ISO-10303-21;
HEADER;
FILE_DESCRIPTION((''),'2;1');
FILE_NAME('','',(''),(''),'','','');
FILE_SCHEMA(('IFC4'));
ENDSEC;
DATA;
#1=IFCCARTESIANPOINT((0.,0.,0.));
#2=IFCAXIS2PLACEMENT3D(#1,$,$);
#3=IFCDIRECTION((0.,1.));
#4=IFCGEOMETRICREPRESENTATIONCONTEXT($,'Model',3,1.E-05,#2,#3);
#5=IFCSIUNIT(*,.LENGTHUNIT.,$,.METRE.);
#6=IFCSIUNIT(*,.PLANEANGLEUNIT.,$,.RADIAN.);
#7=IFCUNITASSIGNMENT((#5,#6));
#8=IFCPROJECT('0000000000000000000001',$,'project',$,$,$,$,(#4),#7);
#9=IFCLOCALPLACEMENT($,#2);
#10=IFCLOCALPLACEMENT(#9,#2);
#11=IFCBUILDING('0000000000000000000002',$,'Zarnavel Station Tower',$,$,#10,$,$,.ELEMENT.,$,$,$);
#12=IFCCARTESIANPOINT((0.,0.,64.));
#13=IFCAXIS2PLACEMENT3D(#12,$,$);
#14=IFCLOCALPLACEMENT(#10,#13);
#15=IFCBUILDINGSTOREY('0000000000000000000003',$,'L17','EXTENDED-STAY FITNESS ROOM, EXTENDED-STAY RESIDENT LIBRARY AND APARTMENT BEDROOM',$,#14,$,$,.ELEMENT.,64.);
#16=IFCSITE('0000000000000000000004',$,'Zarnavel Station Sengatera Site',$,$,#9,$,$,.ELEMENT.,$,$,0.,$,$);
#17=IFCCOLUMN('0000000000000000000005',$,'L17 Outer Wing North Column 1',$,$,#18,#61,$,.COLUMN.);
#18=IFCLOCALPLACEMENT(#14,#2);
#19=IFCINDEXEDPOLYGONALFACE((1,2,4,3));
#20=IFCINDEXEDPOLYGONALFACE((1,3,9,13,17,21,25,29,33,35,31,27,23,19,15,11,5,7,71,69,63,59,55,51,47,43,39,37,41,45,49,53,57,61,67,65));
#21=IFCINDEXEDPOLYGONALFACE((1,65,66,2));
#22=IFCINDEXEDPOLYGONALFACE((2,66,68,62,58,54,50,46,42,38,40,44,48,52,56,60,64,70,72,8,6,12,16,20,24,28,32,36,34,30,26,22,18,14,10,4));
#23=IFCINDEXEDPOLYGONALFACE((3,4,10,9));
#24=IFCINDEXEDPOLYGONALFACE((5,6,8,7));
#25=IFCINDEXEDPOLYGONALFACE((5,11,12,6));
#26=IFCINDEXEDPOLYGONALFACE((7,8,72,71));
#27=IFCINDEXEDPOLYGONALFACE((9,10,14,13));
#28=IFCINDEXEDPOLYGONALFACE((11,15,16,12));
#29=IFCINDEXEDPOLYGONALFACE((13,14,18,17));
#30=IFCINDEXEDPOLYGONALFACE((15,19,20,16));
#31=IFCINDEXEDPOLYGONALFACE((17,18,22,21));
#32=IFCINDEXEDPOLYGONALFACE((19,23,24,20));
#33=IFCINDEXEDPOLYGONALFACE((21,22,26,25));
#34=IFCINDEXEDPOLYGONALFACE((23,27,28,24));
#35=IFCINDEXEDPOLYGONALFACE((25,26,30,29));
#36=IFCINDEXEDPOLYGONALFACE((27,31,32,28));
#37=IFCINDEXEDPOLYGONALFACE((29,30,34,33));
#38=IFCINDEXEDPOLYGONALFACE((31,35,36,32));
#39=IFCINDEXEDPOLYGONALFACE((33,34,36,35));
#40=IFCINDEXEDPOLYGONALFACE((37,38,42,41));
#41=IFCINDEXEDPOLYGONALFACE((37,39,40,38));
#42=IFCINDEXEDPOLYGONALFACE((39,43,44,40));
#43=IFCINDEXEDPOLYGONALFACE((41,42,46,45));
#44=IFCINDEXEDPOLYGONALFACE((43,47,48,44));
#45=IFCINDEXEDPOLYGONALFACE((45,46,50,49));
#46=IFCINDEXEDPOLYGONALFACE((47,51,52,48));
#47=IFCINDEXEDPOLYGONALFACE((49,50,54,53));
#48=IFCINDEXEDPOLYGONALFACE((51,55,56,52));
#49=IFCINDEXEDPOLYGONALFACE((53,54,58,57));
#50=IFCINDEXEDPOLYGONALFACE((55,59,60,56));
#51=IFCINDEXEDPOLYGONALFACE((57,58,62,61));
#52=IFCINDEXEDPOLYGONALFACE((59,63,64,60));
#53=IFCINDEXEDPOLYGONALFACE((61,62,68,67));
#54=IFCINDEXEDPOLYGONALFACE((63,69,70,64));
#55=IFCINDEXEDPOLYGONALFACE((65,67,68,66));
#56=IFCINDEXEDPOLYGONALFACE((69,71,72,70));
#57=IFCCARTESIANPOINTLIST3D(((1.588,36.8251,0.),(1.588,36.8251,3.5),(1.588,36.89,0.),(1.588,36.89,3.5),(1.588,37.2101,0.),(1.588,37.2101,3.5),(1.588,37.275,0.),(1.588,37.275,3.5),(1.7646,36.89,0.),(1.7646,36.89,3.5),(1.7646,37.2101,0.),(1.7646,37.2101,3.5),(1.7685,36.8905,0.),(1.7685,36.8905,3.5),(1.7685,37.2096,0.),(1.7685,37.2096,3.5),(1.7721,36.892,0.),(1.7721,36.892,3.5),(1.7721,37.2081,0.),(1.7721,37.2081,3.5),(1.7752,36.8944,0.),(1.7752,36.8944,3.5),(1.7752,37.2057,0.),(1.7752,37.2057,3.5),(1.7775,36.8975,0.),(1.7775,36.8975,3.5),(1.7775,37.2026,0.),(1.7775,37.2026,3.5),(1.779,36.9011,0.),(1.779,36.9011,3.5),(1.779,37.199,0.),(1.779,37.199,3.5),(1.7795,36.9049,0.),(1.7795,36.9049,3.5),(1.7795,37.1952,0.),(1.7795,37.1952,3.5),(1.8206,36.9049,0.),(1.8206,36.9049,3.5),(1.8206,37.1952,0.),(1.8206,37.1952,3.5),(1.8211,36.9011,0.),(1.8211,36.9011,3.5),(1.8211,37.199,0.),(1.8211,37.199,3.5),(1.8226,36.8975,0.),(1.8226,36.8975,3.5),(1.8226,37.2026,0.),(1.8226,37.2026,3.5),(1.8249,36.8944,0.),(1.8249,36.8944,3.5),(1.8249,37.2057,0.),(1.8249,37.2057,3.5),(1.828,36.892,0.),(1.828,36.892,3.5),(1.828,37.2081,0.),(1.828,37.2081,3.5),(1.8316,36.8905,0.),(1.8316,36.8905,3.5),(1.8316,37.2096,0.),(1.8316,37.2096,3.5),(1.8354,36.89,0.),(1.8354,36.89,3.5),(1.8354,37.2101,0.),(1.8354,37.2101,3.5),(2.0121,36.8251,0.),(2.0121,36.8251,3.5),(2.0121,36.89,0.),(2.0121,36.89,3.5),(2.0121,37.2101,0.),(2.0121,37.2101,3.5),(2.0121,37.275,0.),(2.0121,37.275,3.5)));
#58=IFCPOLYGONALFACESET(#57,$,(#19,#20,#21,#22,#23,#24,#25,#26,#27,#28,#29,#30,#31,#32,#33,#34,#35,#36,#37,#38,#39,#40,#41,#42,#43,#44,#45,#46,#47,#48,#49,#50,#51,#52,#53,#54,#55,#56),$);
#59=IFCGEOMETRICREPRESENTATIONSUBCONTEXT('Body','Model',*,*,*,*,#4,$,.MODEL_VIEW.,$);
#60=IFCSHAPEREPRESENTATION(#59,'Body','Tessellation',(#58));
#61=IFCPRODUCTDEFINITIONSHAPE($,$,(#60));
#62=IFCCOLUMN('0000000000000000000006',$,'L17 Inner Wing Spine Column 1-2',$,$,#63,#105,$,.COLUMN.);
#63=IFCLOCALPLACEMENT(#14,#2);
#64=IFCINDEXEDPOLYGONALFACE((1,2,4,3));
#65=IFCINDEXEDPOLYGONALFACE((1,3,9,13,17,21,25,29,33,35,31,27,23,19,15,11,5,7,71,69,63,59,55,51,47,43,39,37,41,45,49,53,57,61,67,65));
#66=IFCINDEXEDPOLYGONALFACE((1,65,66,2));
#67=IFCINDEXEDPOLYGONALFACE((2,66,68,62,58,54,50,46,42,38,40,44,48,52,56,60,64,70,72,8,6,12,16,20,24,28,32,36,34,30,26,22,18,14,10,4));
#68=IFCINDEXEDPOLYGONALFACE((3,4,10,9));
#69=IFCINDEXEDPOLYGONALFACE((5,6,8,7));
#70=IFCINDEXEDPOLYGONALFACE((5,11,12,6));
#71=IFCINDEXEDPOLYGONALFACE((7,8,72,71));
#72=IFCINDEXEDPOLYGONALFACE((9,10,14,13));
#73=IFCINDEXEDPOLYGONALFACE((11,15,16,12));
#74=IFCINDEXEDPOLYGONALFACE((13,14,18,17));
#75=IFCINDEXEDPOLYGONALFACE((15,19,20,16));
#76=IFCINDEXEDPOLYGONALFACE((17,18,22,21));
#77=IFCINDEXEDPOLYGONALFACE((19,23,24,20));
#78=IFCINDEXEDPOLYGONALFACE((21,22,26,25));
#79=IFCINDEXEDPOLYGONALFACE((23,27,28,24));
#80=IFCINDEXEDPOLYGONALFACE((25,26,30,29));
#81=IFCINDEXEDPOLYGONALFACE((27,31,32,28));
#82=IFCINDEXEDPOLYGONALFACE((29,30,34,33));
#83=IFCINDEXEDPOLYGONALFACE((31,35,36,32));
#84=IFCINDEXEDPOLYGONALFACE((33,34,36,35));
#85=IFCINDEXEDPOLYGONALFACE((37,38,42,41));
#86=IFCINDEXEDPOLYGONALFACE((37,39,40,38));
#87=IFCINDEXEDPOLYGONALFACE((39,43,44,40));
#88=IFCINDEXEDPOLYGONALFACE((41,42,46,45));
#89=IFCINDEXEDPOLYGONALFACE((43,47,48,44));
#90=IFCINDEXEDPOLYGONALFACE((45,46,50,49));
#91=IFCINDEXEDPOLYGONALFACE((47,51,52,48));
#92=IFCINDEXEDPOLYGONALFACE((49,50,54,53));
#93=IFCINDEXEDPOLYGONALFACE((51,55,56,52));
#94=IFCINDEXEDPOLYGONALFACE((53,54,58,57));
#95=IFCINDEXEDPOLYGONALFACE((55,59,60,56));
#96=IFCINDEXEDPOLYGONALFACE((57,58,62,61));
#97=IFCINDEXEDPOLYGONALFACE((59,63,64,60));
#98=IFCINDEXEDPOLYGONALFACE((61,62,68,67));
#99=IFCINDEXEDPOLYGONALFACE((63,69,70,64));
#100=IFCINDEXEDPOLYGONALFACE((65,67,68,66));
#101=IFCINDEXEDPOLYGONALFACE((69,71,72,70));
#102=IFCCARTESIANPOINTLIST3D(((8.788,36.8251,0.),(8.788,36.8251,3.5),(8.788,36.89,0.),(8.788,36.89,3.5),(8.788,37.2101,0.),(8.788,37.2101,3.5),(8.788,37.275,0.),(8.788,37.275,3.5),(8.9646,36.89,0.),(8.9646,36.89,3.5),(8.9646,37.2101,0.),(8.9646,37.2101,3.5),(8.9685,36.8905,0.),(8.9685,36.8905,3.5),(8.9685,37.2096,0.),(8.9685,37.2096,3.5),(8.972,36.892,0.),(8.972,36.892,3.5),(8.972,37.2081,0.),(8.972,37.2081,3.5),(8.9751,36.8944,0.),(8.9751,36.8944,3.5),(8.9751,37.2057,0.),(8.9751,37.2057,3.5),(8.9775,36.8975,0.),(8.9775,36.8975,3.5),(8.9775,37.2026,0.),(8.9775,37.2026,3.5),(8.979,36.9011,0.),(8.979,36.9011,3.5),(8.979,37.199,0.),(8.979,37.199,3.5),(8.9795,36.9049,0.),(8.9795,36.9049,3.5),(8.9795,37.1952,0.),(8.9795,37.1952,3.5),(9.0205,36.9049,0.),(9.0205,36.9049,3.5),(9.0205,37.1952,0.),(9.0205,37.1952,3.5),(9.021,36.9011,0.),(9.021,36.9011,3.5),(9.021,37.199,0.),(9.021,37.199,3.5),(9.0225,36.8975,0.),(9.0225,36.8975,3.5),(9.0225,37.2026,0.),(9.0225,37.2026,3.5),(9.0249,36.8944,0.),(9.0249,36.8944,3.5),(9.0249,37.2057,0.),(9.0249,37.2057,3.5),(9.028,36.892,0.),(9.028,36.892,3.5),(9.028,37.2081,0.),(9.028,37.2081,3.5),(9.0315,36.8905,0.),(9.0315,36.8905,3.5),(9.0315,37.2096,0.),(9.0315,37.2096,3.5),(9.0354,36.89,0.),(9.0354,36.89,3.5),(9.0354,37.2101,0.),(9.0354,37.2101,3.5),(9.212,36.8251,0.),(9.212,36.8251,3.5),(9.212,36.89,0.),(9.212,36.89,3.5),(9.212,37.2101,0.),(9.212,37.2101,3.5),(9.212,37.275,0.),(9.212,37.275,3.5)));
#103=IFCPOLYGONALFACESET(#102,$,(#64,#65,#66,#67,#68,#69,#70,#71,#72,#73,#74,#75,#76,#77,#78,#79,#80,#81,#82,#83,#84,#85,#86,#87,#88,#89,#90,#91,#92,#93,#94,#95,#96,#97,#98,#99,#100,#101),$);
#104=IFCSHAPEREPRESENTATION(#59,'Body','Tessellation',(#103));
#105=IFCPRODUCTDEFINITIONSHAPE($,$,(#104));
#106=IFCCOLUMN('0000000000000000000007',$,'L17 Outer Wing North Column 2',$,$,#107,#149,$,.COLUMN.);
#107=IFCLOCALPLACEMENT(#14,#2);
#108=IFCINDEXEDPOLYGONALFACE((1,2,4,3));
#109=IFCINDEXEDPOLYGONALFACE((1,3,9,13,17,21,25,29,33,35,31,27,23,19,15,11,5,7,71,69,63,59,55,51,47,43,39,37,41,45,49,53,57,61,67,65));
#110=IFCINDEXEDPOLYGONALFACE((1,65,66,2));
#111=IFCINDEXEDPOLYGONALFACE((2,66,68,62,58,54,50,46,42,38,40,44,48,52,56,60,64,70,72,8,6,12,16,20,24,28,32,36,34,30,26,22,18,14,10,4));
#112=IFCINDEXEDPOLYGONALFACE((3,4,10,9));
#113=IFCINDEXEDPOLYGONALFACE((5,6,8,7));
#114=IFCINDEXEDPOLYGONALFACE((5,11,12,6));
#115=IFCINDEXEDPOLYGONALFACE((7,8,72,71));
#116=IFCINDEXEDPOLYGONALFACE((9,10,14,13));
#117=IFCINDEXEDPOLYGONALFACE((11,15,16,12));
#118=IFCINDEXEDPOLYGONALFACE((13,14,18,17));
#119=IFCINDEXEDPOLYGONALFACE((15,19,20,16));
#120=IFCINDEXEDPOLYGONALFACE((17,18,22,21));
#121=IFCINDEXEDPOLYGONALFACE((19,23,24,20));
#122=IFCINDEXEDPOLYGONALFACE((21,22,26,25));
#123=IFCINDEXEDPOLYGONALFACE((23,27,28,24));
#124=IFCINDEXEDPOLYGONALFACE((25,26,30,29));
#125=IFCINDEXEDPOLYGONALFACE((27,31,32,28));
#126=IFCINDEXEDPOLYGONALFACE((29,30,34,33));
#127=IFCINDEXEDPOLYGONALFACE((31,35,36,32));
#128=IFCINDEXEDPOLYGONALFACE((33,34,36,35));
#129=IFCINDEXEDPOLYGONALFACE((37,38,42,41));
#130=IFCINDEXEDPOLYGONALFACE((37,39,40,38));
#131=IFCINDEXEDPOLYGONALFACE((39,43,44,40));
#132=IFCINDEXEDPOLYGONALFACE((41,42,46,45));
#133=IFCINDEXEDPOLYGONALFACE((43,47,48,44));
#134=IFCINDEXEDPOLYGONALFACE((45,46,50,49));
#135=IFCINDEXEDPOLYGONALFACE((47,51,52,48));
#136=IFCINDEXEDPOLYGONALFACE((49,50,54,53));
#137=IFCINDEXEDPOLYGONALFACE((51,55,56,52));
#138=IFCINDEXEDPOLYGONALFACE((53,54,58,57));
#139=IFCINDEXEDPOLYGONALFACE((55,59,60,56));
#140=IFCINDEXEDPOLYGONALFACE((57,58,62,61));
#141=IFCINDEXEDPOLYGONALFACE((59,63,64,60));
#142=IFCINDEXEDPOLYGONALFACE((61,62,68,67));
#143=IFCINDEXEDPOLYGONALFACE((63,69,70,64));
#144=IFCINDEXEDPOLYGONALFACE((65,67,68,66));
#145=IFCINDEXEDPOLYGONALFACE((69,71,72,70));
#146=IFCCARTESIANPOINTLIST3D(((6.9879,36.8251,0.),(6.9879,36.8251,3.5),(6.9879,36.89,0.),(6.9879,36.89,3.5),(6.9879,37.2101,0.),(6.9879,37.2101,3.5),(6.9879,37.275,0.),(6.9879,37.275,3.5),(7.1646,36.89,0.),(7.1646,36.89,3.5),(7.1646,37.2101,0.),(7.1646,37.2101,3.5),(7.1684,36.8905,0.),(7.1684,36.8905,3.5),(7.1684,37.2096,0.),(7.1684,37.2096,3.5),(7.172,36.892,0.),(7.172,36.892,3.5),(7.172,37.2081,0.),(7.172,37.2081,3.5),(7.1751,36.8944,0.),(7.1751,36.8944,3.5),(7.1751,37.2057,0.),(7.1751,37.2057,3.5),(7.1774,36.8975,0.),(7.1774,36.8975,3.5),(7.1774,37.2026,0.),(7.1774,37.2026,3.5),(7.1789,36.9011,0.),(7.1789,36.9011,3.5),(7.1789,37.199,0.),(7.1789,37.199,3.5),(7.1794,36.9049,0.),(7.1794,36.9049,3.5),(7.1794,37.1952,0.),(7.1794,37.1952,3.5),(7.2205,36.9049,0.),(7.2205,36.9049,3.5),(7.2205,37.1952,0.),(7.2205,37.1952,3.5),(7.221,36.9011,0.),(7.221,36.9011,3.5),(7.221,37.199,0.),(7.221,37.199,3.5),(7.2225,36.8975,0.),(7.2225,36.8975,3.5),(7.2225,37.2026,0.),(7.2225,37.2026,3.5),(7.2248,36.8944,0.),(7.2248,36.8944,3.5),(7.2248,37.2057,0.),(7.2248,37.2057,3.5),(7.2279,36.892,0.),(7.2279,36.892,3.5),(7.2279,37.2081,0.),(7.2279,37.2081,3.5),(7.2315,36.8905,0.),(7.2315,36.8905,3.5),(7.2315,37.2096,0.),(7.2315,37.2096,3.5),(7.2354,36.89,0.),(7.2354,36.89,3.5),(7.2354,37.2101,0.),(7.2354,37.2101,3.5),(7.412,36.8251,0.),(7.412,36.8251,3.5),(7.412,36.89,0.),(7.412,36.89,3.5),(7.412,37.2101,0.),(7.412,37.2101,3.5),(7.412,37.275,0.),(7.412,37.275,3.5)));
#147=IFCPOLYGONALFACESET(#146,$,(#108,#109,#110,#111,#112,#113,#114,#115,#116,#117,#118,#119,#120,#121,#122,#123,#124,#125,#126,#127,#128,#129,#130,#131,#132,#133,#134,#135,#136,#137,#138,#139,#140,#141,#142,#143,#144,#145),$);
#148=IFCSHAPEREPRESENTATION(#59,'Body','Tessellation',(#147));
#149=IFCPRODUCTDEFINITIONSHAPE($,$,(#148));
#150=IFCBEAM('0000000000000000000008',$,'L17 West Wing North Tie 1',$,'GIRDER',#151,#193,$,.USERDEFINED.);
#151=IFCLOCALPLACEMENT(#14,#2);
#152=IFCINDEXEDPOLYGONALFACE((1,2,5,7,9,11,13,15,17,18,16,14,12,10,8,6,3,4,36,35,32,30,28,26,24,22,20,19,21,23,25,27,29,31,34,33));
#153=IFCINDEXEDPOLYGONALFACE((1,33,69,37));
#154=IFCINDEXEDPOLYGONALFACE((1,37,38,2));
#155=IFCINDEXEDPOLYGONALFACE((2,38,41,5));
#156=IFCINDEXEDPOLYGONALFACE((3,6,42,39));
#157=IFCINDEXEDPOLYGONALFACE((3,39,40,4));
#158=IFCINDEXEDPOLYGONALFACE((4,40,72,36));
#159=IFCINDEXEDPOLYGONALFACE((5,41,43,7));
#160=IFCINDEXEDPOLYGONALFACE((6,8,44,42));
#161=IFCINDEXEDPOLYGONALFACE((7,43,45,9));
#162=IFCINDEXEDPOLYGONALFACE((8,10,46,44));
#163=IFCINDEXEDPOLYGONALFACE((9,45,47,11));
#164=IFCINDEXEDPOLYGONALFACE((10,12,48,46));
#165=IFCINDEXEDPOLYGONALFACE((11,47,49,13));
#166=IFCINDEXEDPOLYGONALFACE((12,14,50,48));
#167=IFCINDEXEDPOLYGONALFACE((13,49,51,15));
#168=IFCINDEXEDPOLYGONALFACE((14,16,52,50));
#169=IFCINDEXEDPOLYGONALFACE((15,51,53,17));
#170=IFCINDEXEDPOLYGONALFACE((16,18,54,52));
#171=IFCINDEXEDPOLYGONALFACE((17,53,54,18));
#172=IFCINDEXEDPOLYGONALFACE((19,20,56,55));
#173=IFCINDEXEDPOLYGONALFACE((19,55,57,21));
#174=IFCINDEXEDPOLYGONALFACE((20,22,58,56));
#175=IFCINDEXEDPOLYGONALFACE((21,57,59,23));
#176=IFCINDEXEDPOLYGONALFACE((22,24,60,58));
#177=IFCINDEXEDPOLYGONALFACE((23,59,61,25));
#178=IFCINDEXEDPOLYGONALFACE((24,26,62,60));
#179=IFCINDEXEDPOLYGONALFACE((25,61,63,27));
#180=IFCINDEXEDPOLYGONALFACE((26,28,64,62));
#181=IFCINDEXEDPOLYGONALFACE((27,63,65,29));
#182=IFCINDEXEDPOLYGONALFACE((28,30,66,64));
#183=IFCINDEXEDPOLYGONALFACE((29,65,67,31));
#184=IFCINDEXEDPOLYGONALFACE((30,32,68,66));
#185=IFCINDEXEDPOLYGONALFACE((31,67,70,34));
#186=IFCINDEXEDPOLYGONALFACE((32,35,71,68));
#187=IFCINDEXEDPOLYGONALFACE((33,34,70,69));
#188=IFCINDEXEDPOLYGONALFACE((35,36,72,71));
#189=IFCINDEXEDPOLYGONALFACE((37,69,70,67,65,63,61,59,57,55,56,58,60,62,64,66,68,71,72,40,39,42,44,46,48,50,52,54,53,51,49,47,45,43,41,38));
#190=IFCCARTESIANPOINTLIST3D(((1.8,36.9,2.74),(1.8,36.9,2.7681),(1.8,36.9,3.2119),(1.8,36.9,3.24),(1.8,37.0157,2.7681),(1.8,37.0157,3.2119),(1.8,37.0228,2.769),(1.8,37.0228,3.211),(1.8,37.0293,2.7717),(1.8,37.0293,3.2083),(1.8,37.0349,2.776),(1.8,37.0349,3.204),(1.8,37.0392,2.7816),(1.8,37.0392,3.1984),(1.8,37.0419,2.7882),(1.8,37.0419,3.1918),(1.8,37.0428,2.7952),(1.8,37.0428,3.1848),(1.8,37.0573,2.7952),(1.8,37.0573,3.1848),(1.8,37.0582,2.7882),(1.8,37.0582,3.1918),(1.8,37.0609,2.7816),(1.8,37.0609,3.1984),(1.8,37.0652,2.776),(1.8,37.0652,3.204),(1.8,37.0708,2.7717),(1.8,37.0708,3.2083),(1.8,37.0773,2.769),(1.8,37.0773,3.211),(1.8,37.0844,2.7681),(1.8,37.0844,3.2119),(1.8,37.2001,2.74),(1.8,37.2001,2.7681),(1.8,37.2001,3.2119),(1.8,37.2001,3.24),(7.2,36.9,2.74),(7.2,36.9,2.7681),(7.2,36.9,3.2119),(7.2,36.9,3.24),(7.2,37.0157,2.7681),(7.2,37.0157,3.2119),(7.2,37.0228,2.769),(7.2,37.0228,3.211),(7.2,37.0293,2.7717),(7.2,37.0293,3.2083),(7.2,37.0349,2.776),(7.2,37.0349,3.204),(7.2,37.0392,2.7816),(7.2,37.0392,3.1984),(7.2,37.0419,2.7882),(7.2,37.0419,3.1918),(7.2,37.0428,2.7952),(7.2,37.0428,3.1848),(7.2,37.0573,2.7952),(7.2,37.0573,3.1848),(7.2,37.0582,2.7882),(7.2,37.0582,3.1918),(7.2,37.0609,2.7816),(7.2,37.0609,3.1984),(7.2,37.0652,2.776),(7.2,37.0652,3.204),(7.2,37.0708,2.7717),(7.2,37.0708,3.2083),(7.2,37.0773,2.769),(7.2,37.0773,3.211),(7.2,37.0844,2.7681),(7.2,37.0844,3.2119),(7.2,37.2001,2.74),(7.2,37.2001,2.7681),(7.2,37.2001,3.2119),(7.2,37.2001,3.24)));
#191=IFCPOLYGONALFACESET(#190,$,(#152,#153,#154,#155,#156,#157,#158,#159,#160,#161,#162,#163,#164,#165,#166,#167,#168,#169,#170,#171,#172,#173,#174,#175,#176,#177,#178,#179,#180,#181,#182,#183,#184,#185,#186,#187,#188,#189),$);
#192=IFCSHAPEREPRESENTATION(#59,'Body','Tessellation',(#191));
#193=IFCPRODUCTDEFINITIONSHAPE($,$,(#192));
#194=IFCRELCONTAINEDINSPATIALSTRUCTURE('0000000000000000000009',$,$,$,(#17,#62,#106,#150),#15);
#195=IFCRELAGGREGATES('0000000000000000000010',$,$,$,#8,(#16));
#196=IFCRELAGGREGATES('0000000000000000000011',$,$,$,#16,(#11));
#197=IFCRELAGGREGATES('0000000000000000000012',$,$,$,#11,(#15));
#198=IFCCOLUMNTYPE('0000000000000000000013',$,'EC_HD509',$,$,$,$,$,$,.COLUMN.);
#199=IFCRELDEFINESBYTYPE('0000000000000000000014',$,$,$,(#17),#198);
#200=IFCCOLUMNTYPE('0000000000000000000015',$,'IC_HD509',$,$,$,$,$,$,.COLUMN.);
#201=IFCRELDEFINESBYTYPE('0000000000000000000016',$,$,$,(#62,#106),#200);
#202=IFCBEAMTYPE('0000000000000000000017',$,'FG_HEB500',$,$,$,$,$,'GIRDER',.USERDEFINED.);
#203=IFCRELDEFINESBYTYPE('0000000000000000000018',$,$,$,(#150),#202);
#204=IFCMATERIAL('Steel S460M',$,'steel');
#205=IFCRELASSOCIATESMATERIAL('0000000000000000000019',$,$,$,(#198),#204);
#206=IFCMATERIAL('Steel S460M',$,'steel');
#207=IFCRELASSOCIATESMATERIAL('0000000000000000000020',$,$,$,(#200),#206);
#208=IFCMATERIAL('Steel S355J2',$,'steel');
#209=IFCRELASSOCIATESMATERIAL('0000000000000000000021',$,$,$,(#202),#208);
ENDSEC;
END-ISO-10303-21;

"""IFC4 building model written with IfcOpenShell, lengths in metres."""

from ifc_helpers import new_model, si_unit, direction, frame, origin, origin_2d, place, context, subcontext, project, spatial, i_section, extrude, material, material_profile, profile_set, type_object, element, save


model = new_model("IFC4")

# Units and contexts
model_context = context("Model", 3, precision=1e-05, world=origin(), true_north=direction((0.0, 1.0)))
body_context = subcontext(model_context, "Body", "Model", "MODEL_VIEW")
ifc_project = project(units=[si_unit("LENGTHUNIT", "METRE"), si_unit("PLANEANGLEUNIT", "RADIAN")], contexts=[model_context])

# Site, building, storey
site_placement = place(None, origin())
site = spatial("IfcSite", under=ifc_project, at=site_placement, Name="Zarnavel Station Sengatera Site", CompositionType="ELEMENT", RefElevation=0.0)
building_placement = place(site_placement, origin())
building = spatial("IfcBuilding", under=site, at=building_placement, Name="Zarnavel Station Tower", CompositionType="ELEMENT")
storey_placement = place(building_placement, frame((0.0, 0.0, 64.0)))
storey = spatial("IfcBuildingStorey", under=building, at=storey_placement, Name="L17", Description="EXTENDED-STAY FITNESS ROOM, EXTENDED-STAY RESIDENT LIBRARY AND APARTMENT BEDROOM", CompositionType="ELEMENT", Elevation=64.0)

# Columns
ifc_material_1 = material(Name="Steel S460M", Category="steel")
ifc_material_profile_1 = material_profile(ifc_material_1, i_section(OverallWidth=0.4241, OverallDepth=0.45, WebThickness=0.041, FlangeThickness=0.0649, FilletRadius=0.0149, at=origin_2d()), Name="HD400x509")
ifc_profile_set_1 = profile_set([ifc_material_profile_1], Name="Steel S460M")
column_type_1 = type_object("IfcColumnType", Name="EC_HD509", PredefinedType="COLUMN", material=ifc_profile_set_1)
column_placement = place(storey_placement, frame((1.8, 37.05, 0.0), z_axis=(0.0, 0.0, 1.0), x_axis=(1.0, 0.0, 0.0)))
element("IfcColumn", 1, at=column_placement, inside=storey, type_object=column_type_1, Name="L17 Outer Wing North Column 1", PredefinedType="COLUMN", context=body_context, shape_type="SweptSolid", body=[
    extrude(i_section(OverallWidth=0.4241, OverallDepth=0.45, WebThickness=0.041, FlangeThickness=0.0649, FilletRadius=0.0149, at=origin_2d()), origin(), (0.0, 0.0, 1.0), 3.5),
])
ifc_material_2 = material(Name="Steel S460M", Category="steel")
ifc_material_profile_2 = material_profile(ifc_material_2, i_section(OverallWidth=0.4241, OverallDepth=0.45, WebThickness=0.041, FlangeThickness=0.0649, FilletRadius=0.0149, at=origin_2d()), Name="HD400x509")
ifc_profile_set_2 = profile_set([ifc_material_profile_2], Name="Steel S460M")
column_type_2 = type_object("IfcColumnType", Name="IC_HD509", PredefinedType="COLUMN", material=ifc_profile_set_2)
for number, where, z_axis, x_axis, name in (
    (2, (9.0, 37.05, 0.0), (0.0, 0.0, 1.0), (1.0, 0.0, 0.0), "L17 Inner Wing Spine Column 1-2"),
    (3, (7.2, 37.05, 0.0), (0.0, 0.0, 1.0), (1.0, 0.0, 0.0), "L17 Outer Wing North Column 2"),
):
    element("IfcColumn", number, at=place(storey_placement, frame(where, z_axis=z_axis, x_axis=x_axis)), inside=storey, type_object=column_type_2, Name=name, PredefinedType="COLUMN", context=body_context, shape_type="SweptSolid", body=[
        extrude(i_section(OverallWidth=0.4241, OverallDepth=0.45, WebThickness=0.041, FlangeThickness=0.0649, FilletRadius=0.0149, at=origin_2d()), origin(), (0.0, 0.0, 1.0), 3.5),
    ])

# Beam
ifc_material_3 = material(Name="Steel S355J2", Category="steel")
ifc_material_profile_3 = material_profile(ifc_material_3, i_section(OverallWidth=0.3, OverallDepth=0.5, WebThickness=0.0144, FlangeThickness=0.0281, FilletRadius=0.0271, at=origin_2d()), Name="HEB500")
ifc_profile_set_3 = profile_set([ifc_material_profile_3], Name="Steel S355J2")
beam_type = type_object("IfcBeamType", Name="FG_HEB500", ElementType="GIRDER", PredefinedType="USERDEFINED", material=ifc_profile_set_3)
beam_1_placement = place(storey_placement, frame((1.8, 37.05, 2.99), z_axis=(1.0, 0.0, 0.0), x_axis=(0.0, 1.0, 0.0)))
element("IfcBeam", 4, at=beam_1_placement, inside=storey, type_object=beam_type, Name="L17 West Wing North Tie 1", ObjectType="GIRDER", PredefinedType="USERDEFINED", context=body_context, shape_type="SweptSolid", body=[
    extrude(i_section(OverallWidth=0.3, OverallDepth=0.5, WebThickness=0.0144, FlangeThickness=0.0281, FilletRadius=0.0271, at=origin_2d()), origin(), (0.0, 0.0, 1.0), 5.3999),
])

save(model, "model.ifc")
